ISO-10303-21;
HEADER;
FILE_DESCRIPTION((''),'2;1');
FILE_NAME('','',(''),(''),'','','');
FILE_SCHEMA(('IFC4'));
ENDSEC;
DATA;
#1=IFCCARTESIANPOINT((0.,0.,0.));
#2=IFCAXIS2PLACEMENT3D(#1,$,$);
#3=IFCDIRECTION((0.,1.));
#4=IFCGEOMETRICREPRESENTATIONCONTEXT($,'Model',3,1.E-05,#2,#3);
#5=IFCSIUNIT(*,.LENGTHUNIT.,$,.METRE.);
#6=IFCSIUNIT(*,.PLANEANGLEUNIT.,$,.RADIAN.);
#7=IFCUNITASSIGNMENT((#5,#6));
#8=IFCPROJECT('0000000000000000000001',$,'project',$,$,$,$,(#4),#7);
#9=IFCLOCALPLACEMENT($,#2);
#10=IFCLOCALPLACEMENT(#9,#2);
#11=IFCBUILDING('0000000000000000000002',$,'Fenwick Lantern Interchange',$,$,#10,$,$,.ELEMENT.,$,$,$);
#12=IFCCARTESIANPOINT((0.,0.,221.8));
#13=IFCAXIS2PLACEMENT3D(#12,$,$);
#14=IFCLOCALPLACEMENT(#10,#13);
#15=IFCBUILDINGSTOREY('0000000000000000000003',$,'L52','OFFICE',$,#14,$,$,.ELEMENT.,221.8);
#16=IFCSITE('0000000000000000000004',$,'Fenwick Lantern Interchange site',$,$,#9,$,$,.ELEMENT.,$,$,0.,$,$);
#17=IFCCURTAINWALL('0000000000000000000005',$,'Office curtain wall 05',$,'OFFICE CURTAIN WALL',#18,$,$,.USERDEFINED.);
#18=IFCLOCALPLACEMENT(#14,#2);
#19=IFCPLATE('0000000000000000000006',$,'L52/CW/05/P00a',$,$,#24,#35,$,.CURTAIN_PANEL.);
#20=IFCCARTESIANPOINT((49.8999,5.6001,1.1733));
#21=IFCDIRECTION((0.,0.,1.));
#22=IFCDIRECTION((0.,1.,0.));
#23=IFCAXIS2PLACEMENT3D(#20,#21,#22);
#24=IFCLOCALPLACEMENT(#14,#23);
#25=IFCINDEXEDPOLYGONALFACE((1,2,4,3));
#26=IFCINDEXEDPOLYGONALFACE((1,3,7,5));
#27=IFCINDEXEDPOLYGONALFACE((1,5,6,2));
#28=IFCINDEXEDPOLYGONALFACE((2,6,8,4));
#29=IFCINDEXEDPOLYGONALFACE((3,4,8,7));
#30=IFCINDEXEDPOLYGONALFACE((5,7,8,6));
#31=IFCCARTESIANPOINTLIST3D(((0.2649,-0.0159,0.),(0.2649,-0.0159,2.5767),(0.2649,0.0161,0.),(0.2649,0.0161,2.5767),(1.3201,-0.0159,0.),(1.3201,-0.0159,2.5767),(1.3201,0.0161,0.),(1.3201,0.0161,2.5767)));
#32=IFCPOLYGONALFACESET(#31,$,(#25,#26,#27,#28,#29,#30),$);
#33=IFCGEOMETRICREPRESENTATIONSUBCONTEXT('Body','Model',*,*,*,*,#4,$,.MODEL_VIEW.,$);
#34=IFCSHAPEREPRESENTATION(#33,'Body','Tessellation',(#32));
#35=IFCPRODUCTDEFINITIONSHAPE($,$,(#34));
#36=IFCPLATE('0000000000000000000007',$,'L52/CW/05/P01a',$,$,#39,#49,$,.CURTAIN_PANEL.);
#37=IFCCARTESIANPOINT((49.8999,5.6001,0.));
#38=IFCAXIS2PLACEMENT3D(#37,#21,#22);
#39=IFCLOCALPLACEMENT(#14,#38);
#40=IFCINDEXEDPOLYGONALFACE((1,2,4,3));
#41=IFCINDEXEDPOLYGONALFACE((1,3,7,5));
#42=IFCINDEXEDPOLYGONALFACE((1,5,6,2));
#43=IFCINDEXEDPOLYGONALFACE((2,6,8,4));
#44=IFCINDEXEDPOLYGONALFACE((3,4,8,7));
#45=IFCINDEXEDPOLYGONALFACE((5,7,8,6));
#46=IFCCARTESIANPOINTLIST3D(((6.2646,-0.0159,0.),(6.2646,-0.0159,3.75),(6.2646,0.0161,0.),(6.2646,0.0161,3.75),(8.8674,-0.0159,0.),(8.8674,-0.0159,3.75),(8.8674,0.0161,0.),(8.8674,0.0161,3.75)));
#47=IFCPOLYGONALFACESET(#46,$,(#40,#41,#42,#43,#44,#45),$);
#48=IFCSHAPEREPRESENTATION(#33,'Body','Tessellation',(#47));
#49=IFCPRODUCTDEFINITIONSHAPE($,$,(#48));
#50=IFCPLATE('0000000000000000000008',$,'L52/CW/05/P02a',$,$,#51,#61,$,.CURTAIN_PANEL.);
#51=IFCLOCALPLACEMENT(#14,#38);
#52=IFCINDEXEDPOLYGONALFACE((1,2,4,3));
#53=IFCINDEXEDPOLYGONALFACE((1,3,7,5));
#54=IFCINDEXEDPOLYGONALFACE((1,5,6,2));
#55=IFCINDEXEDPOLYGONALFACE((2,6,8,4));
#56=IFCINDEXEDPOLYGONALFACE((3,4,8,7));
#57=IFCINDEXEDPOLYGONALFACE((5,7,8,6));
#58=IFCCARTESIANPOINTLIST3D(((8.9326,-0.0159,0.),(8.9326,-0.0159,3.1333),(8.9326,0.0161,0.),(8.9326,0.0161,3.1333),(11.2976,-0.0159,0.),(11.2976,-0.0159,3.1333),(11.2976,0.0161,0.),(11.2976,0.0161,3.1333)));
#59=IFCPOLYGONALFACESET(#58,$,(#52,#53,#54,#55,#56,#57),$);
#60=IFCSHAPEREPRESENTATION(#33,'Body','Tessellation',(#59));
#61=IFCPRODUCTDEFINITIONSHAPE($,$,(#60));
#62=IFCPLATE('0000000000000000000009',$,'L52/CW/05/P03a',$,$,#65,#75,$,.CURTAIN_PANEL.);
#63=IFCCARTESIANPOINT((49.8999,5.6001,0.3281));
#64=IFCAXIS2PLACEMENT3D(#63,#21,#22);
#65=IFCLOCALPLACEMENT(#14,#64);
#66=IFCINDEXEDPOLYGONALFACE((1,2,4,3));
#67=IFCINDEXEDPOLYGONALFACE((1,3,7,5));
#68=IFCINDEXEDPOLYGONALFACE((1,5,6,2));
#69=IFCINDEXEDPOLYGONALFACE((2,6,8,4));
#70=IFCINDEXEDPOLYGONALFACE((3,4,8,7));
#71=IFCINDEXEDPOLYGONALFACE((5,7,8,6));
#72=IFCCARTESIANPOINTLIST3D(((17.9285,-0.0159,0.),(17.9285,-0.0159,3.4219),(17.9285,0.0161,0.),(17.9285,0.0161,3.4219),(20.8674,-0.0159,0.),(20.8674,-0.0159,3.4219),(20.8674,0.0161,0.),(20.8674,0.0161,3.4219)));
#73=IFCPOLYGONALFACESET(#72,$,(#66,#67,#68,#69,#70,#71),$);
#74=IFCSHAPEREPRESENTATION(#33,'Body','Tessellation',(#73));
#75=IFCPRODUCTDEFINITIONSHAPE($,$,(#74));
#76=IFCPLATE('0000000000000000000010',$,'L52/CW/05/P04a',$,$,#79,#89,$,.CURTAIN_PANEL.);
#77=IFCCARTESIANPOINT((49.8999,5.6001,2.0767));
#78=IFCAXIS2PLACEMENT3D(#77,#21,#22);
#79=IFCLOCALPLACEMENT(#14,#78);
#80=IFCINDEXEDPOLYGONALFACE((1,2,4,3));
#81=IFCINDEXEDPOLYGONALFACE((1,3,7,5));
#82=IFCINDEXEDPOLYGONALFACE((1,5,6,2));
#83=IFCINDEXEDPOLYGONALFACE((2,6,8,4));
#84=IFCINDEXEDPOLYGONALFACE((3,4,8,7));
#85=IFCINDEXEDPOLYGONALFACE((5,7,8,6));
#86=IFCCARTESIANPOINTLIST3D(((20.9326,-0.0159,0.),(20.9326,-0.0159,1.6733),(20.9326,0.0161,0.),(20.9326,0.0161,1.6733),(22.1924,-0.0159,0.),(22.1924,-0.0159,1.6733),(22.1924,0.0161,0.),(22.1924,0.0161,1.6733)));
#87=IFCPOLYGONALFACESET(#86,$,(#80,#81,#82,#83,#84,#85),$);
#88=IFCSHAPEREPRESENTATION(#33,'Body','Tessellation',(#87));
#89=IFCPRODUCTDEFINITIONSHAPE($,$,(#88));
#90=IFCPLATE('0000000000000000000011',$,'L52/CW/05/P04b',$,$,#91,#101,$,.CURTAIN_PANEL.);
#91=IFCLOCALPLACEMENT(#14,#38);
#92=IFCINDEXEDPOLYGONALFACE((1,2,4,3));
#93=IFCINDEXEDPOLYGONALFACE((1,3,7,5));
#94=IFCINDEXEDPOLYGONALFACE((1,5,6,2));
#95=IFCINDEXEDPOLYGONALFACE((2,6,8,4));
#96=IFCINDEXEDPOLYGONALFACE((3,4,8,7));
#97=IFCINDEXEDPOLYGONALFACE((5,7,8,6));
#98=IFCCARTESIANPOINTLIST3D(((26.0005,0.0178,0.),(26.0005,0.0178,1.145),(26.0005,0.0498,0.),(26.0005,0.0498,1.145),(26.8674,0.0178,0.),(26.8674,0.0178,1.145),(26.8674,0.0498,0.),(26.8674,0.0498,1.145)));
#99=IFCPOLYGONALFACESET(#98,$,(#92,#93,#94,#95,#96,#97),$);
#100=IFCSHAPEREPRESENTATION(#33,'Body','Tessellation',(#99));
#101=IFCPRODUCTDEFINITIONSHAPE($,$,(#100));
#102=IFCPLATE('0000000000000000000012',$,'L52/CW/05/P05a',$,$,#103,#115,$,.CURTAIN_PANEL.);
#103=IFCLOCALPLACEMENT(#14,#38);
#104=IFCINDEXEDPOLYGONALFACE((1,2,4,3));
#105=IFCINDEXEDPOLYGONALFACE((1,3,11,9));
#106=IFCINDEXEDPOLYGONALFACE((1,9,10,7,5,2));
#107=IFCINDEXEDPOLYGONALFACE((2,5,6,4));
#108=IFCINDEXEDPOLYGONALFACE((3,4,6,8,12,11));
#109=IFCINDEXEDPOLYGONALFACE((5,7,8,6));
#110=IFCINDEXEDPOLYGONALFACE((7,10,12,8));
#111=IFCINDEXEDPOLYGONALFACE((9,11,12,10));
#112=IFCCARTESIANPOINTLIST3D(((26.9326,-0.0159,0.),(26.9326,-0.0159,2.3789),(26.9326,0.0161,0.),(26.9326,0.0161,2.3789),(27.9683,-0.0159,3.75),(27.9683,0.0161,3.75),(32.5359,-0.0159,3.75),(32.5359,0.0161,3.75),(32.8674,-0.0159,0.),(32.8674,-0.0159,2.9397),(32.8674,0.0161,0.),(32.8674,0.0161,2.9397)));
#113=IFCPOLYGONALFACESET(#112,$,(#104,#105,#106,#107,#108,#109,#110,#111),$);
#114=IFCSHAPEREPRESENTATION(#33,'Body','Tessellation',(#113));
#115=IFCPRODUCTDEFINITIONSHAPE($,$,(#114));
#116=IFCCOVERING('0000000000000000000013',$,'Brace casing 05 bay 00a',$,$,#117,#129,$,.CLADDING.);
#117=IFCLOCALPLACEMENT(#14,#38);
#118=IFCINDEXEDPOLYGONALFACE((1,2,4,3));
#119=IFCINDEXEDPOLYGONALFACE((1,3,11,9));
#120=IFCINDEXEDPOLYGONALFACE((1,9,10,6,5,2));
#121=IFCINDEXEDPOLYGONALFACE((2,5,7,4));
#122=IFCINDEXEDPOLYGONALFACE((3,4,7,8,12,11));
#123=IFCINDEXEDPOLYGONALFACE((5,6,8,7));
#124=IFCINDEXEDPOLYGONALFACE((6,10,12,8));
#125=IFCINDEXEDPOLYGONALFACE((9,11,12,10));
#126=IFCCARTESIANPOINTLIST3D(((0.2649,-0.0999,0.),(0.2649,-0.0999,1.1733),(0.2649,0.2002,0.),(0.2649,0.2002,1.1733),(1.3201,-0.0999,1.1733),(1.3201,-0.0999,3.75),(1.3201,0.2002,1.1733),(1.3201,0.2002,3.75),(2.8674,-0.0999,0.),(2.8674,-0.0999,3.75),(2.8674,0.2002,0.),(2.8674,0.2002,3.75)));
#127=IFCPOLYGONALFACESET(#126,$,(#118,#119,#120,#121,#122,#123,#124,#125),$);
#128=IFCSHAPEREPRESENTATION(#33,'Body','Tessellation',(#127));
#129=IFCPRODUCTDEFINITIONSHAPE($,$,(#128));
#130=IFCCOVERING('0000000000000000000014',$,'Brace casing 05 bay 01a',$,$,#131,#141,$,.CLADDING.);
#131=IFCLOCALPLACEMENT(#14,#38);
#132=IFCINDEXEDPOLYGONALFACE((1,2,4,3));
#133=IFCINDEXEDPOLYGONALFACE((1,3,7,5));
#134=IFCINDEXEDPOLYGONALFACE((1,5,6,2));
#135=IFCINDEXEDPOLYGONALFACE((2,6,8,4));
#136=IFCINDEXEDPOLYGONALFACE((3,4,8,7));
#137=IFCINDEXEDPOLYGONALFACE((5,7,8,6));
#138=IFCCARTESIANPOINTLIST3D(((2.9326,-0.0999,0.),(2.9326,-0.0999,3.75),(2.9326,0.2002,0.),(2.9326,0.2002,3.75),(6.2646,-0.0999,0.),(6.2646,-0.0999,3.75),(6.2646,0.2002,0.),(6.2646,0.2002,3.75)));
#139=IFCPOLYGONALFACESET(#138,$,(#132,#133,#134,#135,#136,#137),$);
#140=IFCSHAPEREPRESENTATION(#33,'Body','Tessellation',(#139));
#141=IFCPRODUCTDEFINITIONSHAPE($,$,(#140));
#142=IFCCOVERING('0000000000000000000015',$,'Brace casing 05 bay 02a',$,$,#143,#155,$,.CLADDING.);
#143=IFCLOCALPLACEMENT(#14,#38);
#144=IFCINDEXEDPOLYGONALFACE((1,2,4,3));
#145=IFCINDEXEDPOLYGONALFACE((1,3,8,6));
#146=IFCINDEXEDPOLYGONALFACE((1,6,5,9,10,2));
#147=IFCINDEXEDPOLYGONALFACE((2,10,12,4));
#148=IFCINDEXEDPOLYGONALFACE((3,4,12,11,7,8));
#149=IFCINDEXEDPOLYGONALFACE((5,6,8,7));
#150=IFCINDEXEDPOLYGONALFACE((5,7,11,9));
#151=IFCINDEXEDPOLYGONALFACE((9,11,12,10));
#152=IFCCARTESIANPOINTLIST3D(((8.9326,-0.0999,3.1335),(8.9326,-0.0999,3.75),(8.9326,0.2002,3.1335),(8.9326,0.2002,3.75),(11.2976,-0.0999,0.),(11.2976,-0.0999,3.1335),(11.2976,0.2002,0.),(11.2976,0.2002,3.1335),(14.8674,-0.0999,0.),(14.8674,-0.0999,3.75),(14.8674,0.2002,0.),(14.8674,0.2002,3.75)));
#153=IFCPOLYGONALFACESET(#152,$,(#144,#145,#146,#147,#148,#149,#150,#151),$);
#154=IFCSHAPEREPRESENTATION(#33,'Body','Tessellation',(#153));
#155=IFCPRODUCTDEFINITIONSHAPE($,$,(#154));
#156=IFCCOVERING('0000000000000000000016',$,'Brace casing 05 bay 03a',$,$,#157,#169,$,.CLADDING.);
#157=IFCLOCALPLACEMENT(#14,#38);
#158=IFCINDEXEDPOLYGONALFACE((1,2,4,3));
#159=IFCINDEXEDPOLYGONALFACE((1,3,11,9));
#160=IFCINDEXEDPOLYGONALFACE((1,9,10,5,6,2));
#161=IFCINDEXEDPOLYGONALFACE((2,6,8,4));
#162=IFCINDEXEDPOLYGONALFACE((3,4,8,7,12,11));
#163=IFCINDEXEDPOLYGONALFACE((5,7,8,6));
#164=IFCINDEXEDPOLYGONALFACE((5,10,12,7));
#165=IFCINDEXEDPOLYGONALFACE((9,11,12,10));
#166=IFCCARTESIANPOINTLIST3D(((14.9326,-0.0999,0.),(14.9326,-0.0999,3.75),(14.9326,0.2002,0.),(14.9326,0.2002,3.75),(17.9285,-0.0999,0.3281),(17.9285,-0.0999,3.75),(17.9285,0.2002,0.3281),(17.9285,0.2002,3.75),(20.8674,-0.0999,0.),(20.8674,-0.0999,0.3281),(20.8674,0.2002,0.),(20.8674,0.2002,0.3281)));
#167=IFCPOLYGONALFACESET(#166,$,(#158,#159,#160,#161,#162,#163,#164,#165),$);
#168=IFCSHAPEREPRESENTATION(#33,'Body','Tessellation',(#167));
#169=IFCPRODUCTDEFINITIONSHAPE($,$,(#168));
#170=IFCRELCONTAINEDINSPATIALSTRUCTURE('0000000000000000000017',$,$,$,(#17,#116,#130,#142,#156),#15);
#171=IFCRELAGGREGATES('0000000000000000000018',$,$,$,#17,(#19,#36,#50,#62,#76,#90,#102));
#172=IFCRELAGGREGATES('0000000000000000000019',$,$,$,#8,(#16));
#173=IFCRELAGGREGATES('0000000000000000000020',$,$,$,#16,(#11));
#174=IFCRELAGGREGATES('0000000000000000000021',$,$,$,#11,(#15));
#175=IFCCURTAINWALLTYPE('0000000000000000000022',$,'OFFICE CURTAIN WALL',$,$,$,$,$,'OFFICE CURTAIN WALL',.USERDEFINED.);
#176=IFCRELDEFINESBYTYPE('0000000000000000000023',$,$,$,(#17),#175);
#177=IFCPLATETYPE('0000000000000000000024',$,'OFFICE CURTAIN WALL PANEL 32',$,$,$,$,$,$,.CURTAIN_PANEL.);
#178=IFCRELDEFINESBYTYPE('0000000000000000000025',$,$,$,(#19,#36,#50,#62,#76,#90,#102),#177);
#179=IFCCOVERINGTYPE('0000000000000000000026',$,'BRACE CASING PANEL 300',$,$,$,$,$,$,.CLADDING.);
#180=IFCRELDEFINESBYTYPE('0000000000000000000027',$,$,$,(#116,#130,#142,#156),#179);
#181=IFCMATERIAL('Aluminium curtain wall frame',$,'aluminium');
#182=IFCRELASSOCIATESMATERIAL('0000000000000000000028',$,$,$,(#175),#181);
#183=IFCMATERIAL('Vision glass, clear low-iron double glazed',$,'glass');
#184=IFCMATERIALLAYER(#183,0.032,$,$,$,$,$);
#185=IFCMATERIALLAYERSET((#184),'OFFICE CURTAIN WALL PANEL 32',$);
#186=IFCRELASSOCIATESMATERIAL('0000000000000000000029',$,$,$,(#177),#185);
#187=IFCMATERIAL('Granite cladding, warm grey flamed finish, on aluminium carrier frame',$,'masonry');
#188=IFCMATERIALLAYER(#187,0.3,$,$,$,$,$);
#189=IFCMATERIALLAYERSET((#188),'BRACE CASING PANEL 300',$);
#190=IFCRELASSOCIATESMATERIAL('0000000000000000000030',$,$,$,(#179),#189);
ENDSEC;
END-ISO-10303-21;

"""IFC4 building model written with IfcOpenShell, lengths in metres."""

from ifc_helpers import new_model, si_unit, direction, frame, origin, place, context, subcontext, project, spatial, polyline, outline, extrude, material, layer, layer_set, type_object, element, aggregate, save


model = new_model("IFC4")

# Units and contexts
model_context = context("Model", 3, precision=1e-05, world=origin(), true_north=direction((0.0, 1.0)))
body_context = subcontext(model_context, "Body", "Model", "MODEL_VIEW")
ifc_project = project(units=[si_unit("LENGTHUNIT", "METRE"), si_unit("PLANEANGLEUNIT", "RADIAN")], contexts=[model_context])

# Site, building, storey
site_placement = place(None, origin())
site = spatial("IfcSite", under=ifc_project, at=site_placement, Name="Fenwick Lantern Interchange site", CompositionType="ELEMENT", RefElevation=0.0)
building_placement = place(site_placement, origin())
building = spatial("IfcBuilding", under=site, at=building_placement, Name="Fenwick Lantern Interchange", CompositionType="ELEMENT")
storey_placement = place(building_placement, frame((0.0, 0.0, 221.8)))
storey = spatial("IfcBuildingStorey", under=building, at=storey_placement, Name="L52", Description="OFFICE", CompositionType="ELEMENT", Elevation=221.8)

# Shared definitions
ifc_material_1 = material(Name="Aluminium curtain wall frame", Category="aluminium")
curtain_wall_type = type_object("IfcCurtainWallType", Name="OFFICE CURTAIN WALL", ElementType="OFFICE CURTAIN WALL", PredefinedType="USERDEFINED", material=ifc_material_1)

# Shared definitions
ifc_material_2 = material(Name="Vision glass, clear low-iron double glazed", Category="glass")
ifc_layer_1 = layer(ifc_material_2, 0.032)
ifc_layer_set_1 = layer_set([ifc_layer_1], Name="OFFICE CURTAIN WALL PANEL 32")
plate_type = type_object("IfcPlateType", Name="OFFICE CURTAIN WALL PANEL 32", PredefinedType="CURTAIN_PANEL", material=ifc_layer_set_1)

# Curtain wall, plates
curtain_wall_1_placement = place(storey_placement, origin())
curtain_wall_1 = element("IfcCurtainWall", 1, at=curtain_wall_1_placement, inside=storey, type_object=curtain_wall_type, Name="Office curtain wall 05", ObjectType="OFFICE CURTAIN WALL", PredefinedType="USERDEFINED")
plate_1_placement = place(storey_placement, frame((49.8999, 5.6001, 1.1733), z_axis=(0.0, 0.0, 1.0), x_axis=(0.0, 1.0, 0.0)))
plate_1 = element("IfcPlate", 2, at=plate_1_placement, type_object=plate_type, Name="L52/CW/05/P00a", PredefinedType="CURTAIN_PANEL", context=body_context, shape_type="SweptSolid", body=[
    extrude(outline(polyline([(0.2649, 0.0), (1.3201, 0.0), (1.3201, 2.5767), (0.2649, 2.5767), (0.2649, 0.0)])), frame((0.0, 0.0161, 0.0), z_axis=(0.0, -1.0, 0.0), x_axis=(1.0, 0.0, 0.0)), (0.0, 0.0, 1.0), 0.032),
])
plate_2_placement = place(storey_placement, frame((49.8999, 5.6001, 0.0), z_axis=(0.0, 0.0, 1.0), x_axis=(0.0, 1.0, 0.0)))
plate_2 = element("IfcPlate", 3, at=plate_2_placement, type_object=plate_type, Name="L52/CW/05/P01a", PredefinedType="CURTAIN_PANEL", context=body_context, shape_type="SweptSolid", body=[
    extrude(outline(polyline([(6.2646, 0.0), (8.8674, 0.0), (8.8674, 3.75), (6.2646, 3.75), (6.2646, 0.0)])), frame((0.0, 0.0161, 0.0), z_axis=(0.0, -1.0, 0.0), x_axis=(1.0, 0.0, 0.0)), (0.0, 0.0, 1.0), 0.032),
])
plate_3_placement = place(storey_placement, frame((49.8999, 5.6001, 0.0), z_axis=(0.0, 0.0, 1.0), x_axis=(0.0, 1.0, 0.0)))
plate_3 = element("IfcPlate", 4, at=plate_3_placement, type_object=plate_type, Name="L52/CW/05/P02a", PredefinedType="CURTAIN_PANEL", context=body_context, shape_type="SweptSolid", body=[
    extrude(outline(polyline([(8.9326, 0.0), (11.2976, 0.0), (11.2976, 3.1333), (8.9326, 3.1333), (8.9326, 0.0)])), frame((0.0, 0.0161, 0.0), z_axis=(0.0, -1.0, 0.0), x_axis=(1.0, 0.0, 0.0)), (0.0, 0.0, 1.0), 0.032),
])
plate_4_placement = place(storey_placement, frame((49.8999, 5.6001, 0.3281), z_axis=(0.0, 0.0, 1.0), x_axis=(0.0, 1.0, 0.0)))
plate_4 = element("IfcPlate", 5, at=plate_4_placement, type_object=plate_type, Name="L52/CW/05/P03a", PredefinedType="CURTAIN_PANEL", context=body_context, shape_type="SweptSolid", body=[
    extrude(outline(polyline([(17.9285, 0.0), (20.8674, 0.0), (20.8674, 3.4219), (17.9285, 3.4219), (17.9285, 0.0)])), frame((0.0, 0.0161, 0.0), z_axis=(0.0, -1.0, 0.0), x_axis=(1.0, 0.0, 0.0)), (0.0, 0.0, 1.0), 0.032),
])
plate_5_placement = place(storey_placement, frame((49.8999, 5.6001, 2.0767), z_axis=(0.0, 0.0, 1.0), x_axis=(0.0, 1.0, 0.0)))
plate_5 = element("IfcPlate", 6, at=plate_5_placement, type_object=plate_type, Name="L52/CW/05/P04a", PredefinedType="CURTAIN_PANEL", context=body_context, shape_type="SweptSolid", body=[
    extrude(outline(polyline([(20.9326, 0.0), (22.1924, 0.0), (22.1924, 1.6733), (20.9326, 1.6733), (20.9326, 0.0)])), frame((0.0, 0.0161, 0.0), z_axis=(0.0, -1.0, 0.0), x_axis=(1.0, 0.0, 0.0)), (0.0, 0.0, 1.0), 0.032),
])
plate_6_placement = place(storey_placement, frame((49.8999, 5.6001, 0.0), z_axis=(0.0, 0.0, 1.0), x_axis=(0.0, 1.0, 0.0)))
plate_6 = element("IfcPlate", 7, at=plate_6_placement, type_object=plate_type, Name="L52/CW/05/P04b", PredefinedType="CURTAIN_PANEL", context=body_context, shape_type="SweptSolid", body=[
    extrude(outline(polyline([(26.0005, 0.0), (26.8674, 0.0), (26.8674, 1.145), (26.0005, 1.145), (26.0005, 0.0)])), frame((0.0, 0.0498, 0.0), z_axis=(0.0, -1.0, 0.0), x_axis=(1.0, 0.0, 0.0)), (0.0, 0.0, 1.0), 0.032),
])
plate_7_placement = place(storey_placement, frame((49.8999, 5.6001, 0.0), z_axis=(0.0, 0.0, 1.0), x_axis=(0.0, 1.0, 0.0)))
plate_7 = element("IfcPlate", 8, at=plate_7_placement, type_object=plate_type, Name="L52/CW/05/P05a", PredefinedType="CURTAIN_PANEL", context=body_context, shape_type="SweptSolid", body=[
    extrude(outline(polyline([(26.9326, 0.0), (32.8674, 0.0), (32.8674, 2.9397), (32.5359, 3.75), (27.9683, 3.75), (26.9326, 2.3789), (26.9326, 0.0)])), frame((0.0, 0.0161, 0.0), z_axis=(0.0, -1.0, 0.0), x_axis=(1.0, 0.0, 0.0)), (0.0, 0.0, 1.0), 0.032),
])
aggregate(curtain_wall_1, [plate_1, plate_2, plate_3, plate_4, plate_5, plate_6, plate_7])

# Coverings
ifc_material_3 = material(Name="Granite cladding, warm grey flamed finish, on aluminium carrier frame", Category="masonry")
ifc_layer_2 = layer(ifc_material_3, 0.3)
ifc_layer_set_2 = layer_set([ifc_layer_2], Name="BRACE CASING PANEL 300")
covering_type = type_object("IfcCoveringType", Name="BRACE CASING PANEL 300", PredefinedType="CLADDING", material=ifc_layer_set_2)
covering_1_placement = place(storey_placement, frame((49.8999, 5.6001, 0.0), z_axis=(0.0, 0.0, 1.0), x_axis=(0.0, 1.0, 0.0)))
element("IfcCovering", 9, at=covering_1_placement, inside=storey, type_object=covering_type, Name="Brace casing 05 bay 00a", PredefinedType="CLADDING", context=body_context, shape_type="SweptSolid", body=[
    extrude(outline(polyline([(0.2649, 0.0), (2.8674, 0.0), (2.8674, 3.75), (1.3201, 3.75), (1.3201, 1.1733), (0.2649, 1.1733), (0.2649, 0.0)])), frame((0.0, 0.2002, 0.0), z_axis=(0.0, -1.0, 0.0), x_axis=(1.0, 0.0, 0.0)), (0.0, 0.0, 1.0), 0.3),
])
covering_2_placement = place(storey_placement, frame((49.8999, 5.6001, 0.0), z_axis=(0.0, 0.0, 1.0), x_axis=(0.0, 1.0, 0.0)))
element("IfcCovering", 10, at=covering_2_placement, inside=storey, type_object=covering_type, Name="Brace casing 05 bay 01a", PredefinedType="CLADDING", context=body_context, shape_type="SweptSolid", body=[
    extrude(outline(polyline([(2.9326, 0.0), (6.2646, 0.0), (6.2646, 3.75), (2.9326, 3.75), (2.9326, 0.0)])), frame((0.0, 0.2002, 0.0), z_axis=(0.0, -1.0, 0.0), x_axis=(1.0, 0.0, 0.0)), (0.0, 0.0, 1.0), 0.3),
])
covering_3_placement = place(storey_placement, frame((49.8999, 5.6001, 0.0), z_axis=(0.0, 0.0, 1.0), x_axis=(0.0, 1.0, 0.0)))
element("IfcCovering", 11, at=covering_3_placement, inside=storey, type_object=covering_type, Name="Brace casing 05 bay 02a", PredefinedType="CLADDING", context=body_context, shape_type="SweptSolid", body=[
    extrude(outline(polyline([(11.2976, 0.0), (14.8674, 0.0), (14.8674, 3.75), (8.9326, 3.75), (8.9326, 3.1335), (11.2976, 3.1335), (11.2976, 0.0)])), frame((0.0, 0.2002, 0.0), z_axis=(0.0, -1.0, 0.0), x_axis=(1.0, 0.0, 0.0)), (0.0, 0.0, 1.0), 0.3),
])
covering_4_placement = place(storey_placement, frame((49.8999, 5.6001, 0.0), z_axis=(0.0, 0.0, 1.0), x_axis=(0.0, 1.0, 0.0)))
element("IfcCovering", 12, at=covering_4_placement, inside=storey, type_object=covering_type, Name="Brace casing 05 bay 03a", PredefinedType="CLADDING", context=body_context, shape_type="SweptSolid", body=[
    extrude(outline(polyline([(14.9326, 0.0), (20.8674, 0.0), (20.8674, 0.3281), (17.9285, 0.3281), (17.9285, 3.75), (14.9326, 3.75), (14.9326, 0.0)])), frame((0.0, 0.2002, 0.0), z_axis=(0.0, -1.0, 0.0), x_axis=(1.0, 0.0, 0.0)), (0.0, 0.0, 1.0), 0.3),
])

save(model, "model.ifc")
